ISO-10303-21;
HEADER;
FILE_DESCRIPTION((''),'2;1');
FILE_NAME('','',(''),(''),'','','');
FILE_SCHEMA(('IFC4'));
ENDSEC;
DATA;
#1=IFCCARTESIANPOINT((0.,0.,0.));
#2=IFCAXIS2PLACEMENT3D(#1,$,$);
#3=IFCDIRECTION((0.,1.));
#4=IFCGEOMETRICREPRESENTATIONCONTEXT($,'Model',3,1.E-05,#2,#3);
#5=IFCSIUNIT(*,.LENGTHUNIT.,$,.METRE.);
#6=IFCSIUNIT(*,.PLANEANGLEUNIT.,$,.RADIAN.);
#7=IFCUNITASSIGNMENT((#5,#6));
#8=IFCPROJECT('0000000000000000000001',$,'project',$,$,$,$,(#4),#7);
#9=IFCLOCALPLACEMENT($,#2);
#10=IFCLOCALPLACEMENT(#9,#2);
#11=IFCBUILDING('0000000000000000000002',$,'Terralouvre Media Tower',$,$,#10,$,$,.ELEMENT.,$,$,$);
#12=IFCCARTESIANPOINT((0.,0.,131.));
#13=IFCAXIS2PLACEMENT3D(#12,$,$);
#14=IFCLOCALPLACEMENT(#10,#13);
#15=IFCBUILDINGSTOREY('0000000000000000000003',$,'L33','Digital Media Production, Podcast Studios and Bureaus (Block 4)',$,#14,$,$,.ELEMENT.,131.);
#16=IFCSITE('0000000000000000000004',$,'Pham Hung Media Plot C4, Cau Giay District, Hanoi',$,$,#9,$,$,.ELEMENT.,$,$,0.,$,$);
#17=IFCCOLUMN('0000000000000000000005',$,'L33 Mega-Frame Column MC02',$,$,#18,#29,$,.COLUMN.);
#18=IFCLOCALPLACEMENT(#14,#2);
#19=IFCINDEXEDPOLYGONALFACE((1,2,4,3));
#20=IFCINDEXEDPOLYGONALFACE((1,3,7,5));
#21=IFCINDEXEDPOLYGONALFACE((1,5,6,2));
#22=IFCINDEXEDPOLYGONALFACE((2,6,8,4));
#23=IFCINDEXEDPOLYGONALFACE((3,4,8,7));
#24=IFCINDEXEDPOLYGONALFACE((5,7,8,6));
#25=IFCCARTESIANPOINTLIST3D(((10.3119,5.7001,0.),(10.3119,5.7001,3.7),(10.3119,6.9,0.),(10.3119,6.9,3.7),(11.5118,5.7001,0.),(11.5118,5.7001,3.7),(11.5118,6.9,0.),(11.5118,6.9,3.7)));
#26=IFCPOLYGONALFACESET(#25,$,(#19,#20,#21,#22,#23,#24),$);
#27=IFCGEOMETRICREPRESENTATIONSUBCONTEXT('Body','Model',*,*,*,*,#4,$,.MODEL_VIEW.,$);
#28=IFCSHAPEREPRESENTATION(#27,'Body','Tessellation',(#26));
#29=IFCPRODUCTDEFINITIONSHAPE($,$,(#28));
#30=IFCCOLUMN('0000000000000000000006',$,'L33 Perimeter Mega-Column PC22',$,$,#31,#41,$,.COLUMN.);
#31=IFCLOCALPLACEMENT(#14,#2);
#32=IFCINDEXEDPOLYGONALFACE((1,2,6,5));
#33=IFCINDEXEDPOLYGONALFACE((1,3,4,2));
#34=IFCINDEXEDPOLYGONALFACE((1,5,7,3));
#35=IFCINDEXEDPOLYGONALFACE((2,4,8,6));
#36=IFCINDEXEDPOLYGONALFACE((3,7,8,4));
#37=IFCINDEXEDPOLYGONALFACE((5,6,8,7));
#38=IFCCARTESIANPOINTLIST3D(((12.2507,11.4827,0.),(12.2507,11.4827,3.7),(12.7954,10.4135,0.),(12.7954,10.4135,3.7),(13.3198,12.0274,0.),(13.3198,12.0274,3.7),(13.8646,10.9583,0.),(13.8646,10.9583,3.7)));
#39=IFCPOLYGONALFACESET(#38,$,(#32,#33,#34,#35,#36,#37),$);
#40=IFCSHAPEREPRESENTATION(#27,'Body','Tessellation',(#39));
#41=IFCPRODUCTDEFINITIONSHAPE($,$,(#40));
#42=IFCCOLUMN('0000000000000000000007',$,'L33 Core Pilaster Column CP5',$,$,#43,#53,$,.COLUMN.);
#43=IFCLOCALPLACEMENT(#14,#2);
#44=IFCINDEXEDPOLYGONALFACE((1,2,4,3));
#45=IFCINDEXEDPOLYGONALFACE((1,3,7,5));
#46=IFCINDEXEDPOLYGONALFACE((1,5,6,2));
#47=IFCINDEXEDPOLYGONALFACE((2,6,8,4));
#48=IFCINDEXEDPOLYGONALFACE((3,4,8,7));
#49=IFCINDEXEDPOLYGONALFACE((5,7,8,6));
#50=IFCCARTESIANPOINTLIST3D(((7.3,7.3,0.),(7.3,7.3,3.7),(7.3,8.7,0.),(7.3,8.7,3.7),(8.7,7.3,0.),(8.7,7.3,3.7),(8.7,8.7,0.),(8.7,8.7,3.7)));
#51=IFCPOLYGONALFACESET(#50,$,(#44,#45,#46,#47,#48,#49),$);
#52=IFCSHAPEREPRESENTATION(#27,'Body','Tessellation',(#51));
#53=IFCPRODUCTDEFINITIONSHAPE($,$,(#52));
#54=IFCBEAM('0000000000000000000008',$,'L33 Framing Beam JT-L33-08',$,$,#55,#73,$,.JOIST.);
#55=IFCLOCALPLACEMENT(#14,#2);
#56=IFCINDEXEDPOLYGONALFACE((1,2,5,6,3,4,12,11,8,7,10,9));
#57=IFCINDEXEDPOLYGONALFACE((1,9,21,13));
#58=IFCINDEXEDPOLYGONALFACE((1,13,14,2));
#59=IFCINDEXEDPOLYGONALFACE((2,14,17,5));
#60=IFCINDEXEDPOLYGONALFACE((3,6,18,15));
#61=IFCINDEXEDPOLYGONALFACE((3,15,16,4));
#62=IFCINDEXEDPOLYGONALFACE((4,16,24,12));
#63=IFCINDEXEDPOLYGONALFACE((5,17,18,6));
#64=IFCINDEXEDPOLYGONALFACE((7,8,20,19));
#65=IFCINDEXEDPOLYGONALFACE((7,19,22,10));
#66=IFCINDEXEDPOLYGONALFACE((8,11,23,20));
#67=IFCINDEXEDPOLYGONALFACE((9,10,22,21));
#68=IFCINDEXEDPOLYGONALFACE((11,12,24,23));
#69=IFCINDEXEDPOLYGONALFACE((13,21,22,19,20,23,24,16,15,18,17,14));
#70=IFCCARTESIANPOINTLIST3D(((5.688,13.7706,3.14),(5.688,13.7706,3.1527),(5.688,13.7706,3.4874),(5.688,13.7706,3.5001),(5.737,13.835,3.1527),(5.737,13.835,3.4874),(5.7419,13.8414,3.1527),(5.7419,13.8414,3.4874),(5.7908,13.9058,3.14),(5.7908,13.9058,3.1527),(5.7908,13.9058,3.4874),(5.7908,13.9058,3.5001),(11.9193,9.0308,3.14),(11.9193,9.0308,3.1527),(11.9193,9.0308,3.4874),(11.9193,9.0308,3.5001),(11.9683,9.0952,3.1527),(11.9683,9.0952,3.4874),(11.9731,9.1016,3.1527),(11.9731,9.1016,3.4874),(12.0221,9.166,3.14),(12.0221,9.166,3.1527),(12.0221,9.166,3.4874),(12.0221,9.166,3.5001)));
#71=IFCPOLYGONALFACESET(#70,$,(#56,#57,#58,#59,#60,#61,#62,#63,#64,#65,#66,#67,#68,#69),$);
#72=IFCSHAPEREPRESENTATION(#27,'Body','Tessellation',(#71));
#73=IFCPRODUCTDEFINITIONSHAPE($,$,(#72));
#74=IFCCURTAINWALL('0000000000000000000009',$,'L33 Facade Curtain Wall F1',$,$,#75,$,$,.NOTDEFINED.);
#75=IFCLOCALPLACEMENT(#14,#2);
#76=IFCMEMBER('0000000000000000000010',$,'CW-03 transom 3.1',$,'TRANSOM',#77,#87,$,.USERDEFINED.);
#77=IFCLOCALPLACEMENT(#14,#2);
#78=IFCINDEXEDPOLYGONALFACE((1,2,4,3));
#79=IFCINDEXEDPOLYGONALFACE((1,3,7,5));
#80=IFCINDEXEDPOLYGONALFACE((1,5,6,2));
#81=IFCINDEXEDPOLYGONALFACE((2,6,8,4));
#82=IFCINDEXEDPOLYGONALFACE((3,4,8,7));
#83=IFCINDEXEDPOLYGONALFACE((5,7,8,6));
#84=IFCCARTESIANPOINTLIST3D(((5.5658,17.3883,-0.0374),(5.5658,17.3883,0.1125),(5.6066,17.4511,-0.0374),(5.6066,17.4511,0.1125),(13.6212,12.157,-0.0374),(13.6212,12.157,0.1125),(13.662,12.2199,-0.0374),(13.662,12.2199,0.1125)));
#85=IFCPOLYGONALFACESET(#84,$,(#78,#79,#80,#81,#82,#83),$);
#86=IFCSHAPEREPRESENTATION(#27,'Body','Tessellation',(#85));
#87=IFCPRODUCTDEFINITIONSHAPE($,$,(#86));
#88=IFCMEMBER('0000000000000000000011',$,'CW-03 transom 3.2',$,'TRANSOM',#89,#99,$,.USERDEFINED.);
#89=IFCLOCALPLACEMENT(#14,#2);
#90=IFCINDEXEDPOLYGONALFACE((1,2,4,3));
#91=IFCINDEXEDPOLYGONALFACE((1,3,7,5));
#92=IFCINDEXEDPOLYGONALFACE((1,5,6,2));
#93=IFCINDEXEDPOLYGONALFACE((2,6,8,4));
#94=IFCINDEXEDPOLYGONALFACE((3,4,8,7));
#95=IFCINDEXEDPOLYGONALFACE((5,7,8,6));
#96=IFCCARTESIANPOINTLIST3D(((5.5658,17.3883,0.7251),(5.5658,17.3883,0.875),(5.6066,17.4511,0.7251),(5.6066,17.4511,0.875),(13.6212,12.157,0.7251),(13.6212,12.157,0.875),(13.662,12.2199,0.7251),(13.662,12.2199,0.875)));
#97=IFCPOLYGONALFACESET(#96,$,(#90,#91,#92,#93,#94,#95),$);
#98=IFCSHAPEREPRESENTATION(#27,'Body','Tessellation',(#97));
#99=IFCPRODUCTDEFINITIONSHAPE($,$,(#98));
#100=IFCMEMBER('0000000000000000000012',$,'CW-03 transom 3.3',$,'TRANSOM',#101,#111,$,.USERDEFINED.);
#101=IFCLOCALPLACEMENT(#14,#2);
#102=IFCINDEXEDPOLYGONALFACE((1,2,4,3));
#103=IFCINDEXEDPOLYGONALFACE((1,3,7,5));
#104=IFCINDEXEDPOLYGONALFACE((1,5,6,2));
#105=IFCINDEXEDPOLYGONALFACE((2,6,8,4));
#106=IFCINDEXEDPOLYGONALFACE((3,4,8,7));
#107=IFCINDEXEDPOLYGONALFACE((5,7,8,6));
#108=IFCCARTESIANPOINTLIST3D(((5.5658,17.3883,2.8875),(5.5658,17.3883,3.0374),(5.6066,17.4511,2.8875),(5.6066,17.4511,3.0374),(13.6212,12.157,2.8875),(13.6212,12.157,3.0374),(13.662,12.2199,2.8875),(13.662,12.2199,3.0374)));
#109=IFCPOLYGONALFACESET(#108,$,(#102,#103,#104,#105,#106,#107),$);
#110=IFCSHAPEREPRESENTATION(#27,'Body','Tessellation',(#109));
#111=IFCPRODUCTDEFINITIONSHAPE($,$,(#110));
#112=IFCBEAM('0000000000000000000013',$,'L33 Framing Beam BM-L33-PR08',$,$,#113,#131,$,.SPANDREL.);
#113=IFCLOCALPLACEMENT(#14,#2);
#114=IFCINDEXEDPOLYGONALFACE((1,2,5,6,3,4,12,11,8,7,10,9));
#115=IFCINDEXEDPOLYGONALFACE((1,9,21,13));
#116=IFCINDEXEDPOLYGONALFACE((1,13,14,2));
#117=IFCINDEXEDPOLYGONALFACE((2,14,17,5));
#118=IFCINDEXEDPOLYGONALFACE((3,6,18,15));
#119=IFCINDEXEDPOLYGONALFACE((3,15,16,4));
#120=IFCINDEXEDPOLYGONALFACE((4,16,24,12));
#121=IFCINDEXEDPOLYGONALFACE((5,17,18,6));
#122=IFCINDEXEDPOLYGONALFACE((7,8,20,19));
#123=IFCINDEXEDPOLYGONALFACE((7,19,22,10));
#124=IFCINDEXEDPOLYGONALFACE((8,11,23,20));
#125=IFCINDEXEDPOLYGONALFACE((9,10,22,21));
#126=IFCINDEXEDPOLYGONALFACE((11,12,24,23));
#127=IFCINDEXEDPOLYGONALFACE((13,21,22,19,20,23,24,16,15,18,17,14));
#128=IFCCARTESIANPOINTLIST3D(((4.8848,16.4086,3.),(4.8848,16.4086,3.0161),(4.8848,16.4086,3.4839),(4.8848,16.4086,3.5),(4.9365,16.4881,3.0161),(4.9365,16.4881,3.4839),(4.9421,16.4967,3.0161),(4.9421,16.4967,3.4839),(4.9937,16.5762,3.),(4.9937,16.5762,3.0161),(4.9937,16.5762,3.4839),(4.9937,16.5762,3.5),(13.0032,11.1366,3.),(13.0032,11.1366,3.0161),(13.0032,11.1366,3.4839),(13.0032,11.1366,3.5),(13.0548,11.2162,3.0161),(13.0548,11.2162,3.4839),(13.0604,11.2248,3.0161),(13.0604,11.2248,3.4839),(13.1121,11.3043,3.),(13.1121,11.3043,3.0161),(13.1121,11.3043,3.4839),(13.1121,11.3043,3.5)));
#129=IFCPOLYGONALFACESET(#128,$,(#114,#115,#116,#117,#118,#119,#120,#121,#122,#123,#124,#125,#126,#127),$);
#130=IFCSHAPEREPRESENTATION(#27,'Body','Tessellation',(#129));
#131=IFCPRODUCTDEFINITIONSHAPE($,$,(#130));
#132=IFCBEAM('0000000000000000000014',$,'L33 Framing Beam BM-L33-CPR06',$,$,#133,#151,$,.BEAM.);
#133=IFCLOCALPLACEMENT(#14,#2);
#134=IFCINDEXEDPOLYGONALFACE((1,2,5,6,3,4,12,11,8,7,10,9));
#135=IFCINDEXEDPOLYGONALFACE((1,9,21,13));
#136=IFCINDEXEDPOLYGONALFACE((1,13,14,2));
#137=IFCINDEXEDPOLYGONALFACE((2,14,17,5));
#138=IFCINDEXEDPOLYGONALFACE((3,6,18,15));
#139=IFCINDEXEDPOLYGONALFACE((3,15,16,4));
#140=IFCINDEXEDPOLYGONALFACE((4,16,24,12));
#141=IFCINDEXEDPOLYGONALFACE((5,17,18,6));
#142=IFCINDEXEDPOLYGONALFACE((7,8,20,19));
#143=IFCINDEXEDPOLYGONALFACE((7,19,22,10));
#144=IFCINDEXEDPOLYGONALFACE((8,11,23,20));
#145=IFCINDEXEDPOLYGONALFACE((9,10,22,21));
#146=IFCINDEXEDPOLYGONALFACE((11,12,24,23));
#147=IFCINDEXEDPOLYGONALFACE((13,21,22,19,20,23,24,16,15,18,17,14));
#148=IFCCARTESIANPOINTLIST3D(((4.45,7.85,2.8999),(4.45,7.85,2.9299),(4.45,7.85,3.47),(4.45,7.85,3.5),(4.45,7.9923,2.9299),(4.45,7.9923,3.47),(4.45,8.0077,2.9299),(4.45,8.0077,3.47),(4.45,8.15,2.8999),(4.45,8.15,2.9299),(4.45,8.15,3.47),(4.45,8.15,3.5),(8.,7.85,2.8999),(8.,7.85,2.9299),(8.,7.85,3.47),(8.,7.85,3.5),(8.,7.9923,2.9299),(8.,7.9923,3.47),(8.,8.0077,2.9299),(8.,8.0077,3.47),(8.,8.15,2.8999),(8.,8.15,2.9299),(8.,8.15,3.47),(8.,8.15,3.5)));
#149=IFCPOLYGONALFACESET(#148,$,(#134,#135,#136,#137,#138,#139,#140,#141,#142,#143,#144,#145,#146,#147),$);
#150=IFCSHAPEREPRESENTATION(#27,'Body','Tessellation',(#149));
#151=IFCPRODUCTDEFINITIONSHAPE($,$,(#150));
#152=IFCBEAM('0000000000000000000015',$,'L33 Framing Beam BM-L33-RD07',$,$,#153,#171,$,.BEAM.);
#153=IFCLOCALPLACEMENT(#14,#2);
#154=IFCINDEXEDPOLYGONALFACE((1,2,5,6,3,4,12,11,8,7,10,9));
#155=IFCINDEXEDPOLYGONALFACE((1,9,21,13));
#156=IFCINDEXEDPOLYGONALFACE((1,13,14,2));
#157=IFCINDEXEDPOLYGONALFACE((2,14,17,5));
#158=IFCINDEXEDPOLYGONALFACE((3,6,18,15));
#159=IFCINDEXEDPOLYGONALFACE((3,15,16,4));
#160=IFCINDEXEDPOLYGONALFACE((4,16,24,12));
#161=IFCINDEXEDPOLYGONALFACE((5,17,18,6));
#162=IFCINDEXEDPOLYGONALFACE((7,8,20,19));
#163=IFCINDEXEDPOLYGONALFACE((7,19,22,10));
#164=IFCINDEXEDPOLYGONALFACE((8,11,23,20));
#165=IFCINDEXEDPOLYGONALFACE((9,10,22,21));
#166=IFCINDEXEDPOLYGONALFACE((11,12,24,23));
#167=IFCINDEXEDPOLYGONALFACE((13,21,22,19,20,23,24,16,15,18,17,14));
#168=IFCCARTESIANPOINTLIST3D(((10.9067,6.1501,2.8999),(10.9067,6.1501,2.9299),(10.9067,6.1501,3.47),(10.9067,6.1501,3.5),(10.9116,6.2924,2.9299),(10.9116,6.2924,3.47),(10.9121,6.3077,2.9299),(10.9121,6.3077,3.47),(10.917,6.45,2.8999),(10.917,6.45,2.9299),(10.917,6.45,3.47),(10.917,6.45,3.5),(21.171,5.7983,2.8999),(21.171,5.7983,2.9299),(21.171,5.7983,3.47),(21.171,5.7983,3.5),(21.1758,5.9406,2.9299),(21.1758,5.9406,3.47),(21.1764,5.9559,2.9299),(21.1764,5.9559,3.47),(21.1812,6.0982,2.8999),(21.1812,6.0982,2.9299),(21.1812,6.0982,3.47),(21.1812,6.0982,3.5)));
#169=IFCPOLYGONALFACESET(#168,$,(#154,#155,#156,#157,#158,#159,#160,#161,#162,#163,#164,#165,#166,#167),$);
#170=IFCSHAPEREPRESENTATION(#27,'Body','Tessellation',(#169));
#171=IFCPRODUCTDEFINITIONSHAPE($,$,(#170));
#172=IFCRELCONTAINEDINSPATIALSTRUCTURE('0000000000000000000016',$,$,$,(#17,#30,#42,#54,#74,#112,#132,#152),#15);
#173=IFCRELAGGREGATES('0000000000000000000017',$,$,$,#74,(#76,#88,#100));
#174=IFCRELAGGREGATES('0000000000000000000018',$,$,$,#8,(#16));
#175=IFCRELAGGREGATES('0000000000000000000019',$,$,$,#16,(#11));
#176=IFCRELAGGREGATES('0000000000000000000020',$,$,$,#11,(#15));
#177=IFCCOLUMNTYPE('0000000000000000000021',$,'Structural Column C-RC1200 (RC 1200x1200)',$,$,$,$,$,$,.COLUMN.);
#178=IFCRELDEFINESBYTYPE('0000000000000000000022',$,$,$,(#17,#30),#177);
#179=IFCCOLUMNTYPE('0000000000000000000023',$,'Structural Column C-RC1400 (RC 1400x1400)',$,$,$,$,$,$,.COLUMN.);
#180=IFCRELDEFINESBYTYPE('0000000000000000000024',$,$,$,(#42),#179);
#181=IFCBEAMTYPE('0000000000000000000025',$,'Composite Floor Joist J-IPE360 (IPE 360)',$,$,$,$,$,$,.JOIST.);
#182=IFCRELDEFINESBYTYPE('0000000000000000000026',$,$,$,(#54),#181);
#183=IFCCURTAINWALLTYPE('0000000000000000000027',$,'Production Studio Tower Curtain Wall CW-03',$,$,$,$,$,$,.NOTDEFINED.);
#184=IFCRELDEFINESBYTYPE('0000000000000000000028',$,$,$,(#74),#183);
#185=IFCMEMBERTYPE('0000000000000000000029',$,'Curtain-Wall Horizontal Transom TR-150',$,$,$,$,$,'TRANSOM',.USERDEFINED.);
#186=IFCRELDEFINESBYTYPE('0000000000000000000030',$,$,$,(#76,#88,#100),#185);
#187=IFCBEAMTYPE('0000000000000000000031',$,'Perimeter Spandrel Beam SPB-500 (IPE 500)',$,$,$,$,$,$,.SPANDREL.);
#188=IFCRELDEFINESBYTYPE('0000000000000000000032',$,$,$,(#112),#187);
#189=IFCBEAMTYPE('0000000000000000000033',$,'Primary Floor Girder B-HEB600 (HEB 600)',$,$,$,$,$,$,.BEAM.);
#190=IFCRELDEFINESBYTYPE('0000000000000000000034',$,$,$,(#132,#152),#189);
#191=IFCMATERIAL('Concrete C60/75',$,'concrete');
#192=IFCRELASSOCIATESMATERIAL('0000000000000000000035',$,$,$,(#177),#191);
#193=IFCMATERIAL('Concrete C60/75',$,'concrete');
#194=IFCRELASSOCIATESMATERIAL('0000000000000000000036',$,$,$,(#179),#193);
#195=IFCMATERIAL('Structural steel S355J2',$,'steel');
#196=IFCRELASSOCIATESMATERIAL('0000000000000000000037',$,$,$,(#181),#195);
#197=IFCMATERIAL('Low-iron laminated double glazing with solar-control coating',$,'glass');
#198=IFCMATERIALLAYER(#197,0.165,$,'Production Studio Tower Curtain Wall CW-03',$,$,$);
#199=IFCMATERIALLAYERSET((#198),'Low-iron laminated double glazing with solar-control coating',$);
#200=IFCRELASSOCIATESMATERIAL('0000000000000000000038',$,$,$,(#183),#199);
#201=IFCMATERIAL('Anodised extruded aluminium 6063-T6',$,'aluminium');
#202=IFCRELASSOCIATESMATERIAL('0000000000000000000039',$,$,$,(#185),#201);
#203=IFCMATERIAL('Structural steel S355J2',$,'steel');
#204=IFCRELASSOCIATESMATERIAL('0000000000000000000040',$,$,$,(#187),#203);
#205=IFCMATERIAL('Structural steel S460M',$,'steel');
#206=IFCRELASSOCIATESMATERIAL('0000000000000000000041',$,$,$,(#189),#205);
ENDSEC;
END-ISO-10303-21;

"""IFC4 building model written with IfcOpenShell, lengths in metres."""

from ifc_helpers import new_model, si_unit, direction, frame, origin, origin_2d, place, context, subcontext, project, spatial, rectangle, i_section, extrude, material, layer, layer_set, material_profile, profile_set, type_object, element, aggregate, save


model = new_model("IFC4")

# Units and contexts
model_context = context("Model", 3, precision=1e-05, world=origin(), true_north=direction((0.0, 1.0)))
body_context = subcontext(model_context, "Body", "Model", "MODEL_VIEW")
ifc_project = project(units=[si_unit("LENGTHUNIT", "METRE"), si_unit("PLANEANGLEUNIT", "RADIAN")], contexts=[model_context])

# Site, building, storey
site_placement = place(None, origin())
site = spatial("IfcSite", under=ifc_project, at=site_placement, Name="Pham Hung Media Plot C4, Cau Giay District, Hanoi", CompositionType="ELEMENT", RefElevation=0.0)
building_placement = place(site_placement, origin())
building = spatial("IfcBuilding", under=site, at=building_placement, Name="Terralouvre Media Tower", CompositionType="ELEMENT")
storey_placement = place(building_placement, frame((0.0, 0.0, 131.0)))
storey = spatial("IfcBuildingStorey", under=building, at=storey_placement, Name="L33", Description="Digital Media Production, Podcast Studios and Bureaus (Block 4)", CompositionType="ELEMENT", Elevation=131.0)

# Columns
ifc_material_1 = material(Name="Concrete C60/75", Category="concrete")
ifc_material_profile_1 = material_profile(ifc_material_1, rectangle(XDim=1.2, YDim=1.2, at=origin_2d()), Name="RC 1200x1200")
ifc_profile_set_1 = profile_set([ifc_material_profile_1], Name="Concrete C60/75")
column_type_1 = type_object("IfcColumnType", Name="Structural Column C-RC1200 (RC 1200x1200)", PredefinedType="COLUMN", material=ifc_profile_set_1)
for number, where, z_axis, x_axis, name in (
    (1, (10.9119, 6.3, 0.0), (0.0, 0.0, 1.0), (1.0, 0.0, 0.0), "L33 Mega-Frame Column MC02"),
    (2, (13.0576, 11.2205, 0.0), (0.0, 0.0, 1.0), (0.891007, 0.45399, 0.0), "L33 Perimeter Mega-Column PC22"),
):
    element("IfcColumn", number, at=place(storey_placement, frame(where, z_axis=z_axis, x_axis=x_axis)), inside=storey, type_object=column_type_1, Name=name, PredefinedType="COLUMN", context=body_context, shape_type="SweptSolid", body=[
        extrude(rectangle(XDim=1.2, YDim=1.2, at=origin_2d()), origin(), (0.0, 0.0, 1.0), 3.7),
    ])
ifc_material_2 = material(Name="Concrete C60/75", Category="concrete")
ifc_material_profile_2 = material_profile(ifc_material_2, rectangle(XDim=1.3999, YDim=1.3999, at=origin_2d()), Name="RC 1400x1400")
ifc_profile_set_2 = profile_set([ifc_material_profile_2], Name="Concrete C60/75")
column_type_2 = type_object("IfcColumnType", Name="Structural Column C-RC1400 (RC 1400x1400)", PredefinedType="COLUMN", material=ifc_profile_set_2)
column_placement = place(storey_placement, frame((8.0, 8.0, 0.0), z_axis=(0.0, 0.0, 1.0), x_axis=(1.0, 0.0, 0.0)))
element("IfcColumn", 3, at=column_placement, inside=storey, type_object=column_type_2, Name="L33 Core Pilaster Column CP5", PredefinedType="COLUMN", context=body_context, shape_type="SweptSolid", body=[
    extrude(rectangle(XDim=1.3999, YDim=1.3999, at=origin_2d()), origin(), (0.0, 0.0, 1.0), 3.7),
])

# Beam
ifc_material_3 = material(Name="Structural steel S355J2", Category="steel")
ifc_material_profile_3 = material_profile(ifc_material_3, i_section(OverallWidth=0.1699, OverallDepth=0.3601, WebThickness=0.0081, FlangeThickness=0.0127, at=origin_2d()), Name="IPE 360")
ifc_profile_set_3 = profile_set([ifc_material_profile_3], Name="Structural steel S355J2")
beam_type_1 = type_object("IfcBeamType", Name="Composite Floor Joist J-IPE360 (IPE 360)", PredefinedType="JOIST", material=ifc_profile_set_3)
beam_1_placement = place(storey_placement, frame((11.9707, 9.0984, 3.3201), z_axis=(-0.795914, 0.60541, 0.0), x_axis=(-0.60541, -0.795914, 0.0)))
element("IfcBeam", 4, at=beam_1_placement, inside=storey, type_object=beam_type_1, Name="L33 Framing Beam JT-L33-08", PredefinedType="JOIST", context=body_context, shape_type="SweptSolid", body=[
    extrude(i_section(OverallWidth=0.1699, OverallDepth=0.3601, WebThickness=0.0081, FlangeThickness=0.0127, at=origin_2d()), origin(), (0.0, 0.0, 1.0), 7.8291),
])

# Curtain wall, members
ifc_material_4 = material(Name="Low-iron laminated double glazing with solar-control coating", Category="glass")
ifc_layer_1 = layer(ifc_material_4, 0.165, Name="Production Studio Tower Curtain Wall CW-03")
ifc_layer_set_1 = layer_set([ifc_layer_1], Name="Low-iron laminated double glazing with solar-control coating")
curtain_wall_type = type_object("IfcCurtainWallType", Name="Production Studio Tower Curtain Wall CW-03", PredefinedType="NOTDEFINED", material=ifc_layer_set_1)
curtain_wall_placement = place(storey_placement, origin())
curtain_wall = element("IfcCurtainWall", 5, at=curtain_wall_placement, inside=storey, type_object=curtain_wall_type, Name="L33 Facade Curtain Wall F1", PredefinedType="NOTDEFINED")
ifc_material_5 = material(Name="Anodised extruded aluminium 6063-T6", Category="aluminium")
ifc_material_profile_4 = material_profile(ifc_material_5, rectangle(XDim=0.075, YDim=0.1499, at=origin_2d()), Name="ALU 75x150")
ifc_profile_set_4 = profile_set([ifc_material_profile_4], Name="Anodised extruded aluminium 6063-T6")
member_type = type_object("IfcMemberType", Name="Curtain-Wall Horizontal Transom TR-150", ElementType="TRANSOM", PredefinedType="USERDEFINED", material=ifc_profile_set_4)
member_1_placement = place(storey_placement, frame((13.6416, 12.1885, 0.0376), z_axis=(-0.838673, 0.544635, 0.0), x_axis=(-0.544635, -0.838673, 0.0)))
member_1 = element("IfcMember", 6, at=member_1_placement, type_object=member_type, Name="CW-03 transom 3.1", ObjectType="TRANSOM", PredefinedType="USERDEFINED", context=body_context, shape_type="SweptSolid", body=[
    extrude(rectangle(XDim=0.075, YDim=0.1499, at=origin_2d()), origin(), (0.0, 0.0, 1.0), 9.605),
])
member_2_placement = place(storey_placement, frame((13.6416, 12.1885, 0.8), z_axis=(-0.838673, 0.544635, 0.0), x_axis=(-0.544635, -0.838673, 0.0)))
member_2 = element("IfcMember", 7, at=member_2_placement, type_object=member_type, Name="CW-03 transom 3.2", ObjectType="TRANSOM", PredefinedType="USERDEFINED", context=body_context, shape_type="SweptSolid", body=[
    extrude(rectangle(XDim=0.075, YDim=0.1499, at=origin_2d()), origin(), (0.0, 0.0, 1.0), 9.605),
])
member_3_placement = place(storey_placement, frame((13.6416, 12.1885, 2.9624), z_axis=(-0.838673, 0.544635, 0.0), x_axis=(-0.544635, -0.838673, 0.0)))
member_3 = element("IfcMember", 8, at=member_3_placement, type_object=member_type, Name="CW-03 transom 3.3", ObjectType="TRANSOM", PredefinedType="USERDEFINED", context=body_context, shape_type="SweptSolid", body=[
    extrude(rectangle(XDim=0.075, YDim=0.1499, at=origin_2d()), origin(), (0.0, 0.0, 1.0), 9.605),
])

# Beams
ifc_material_6 = material(Name="Structural steel S355J2", Category="steel")
ifc_material_profile_5 = material_profile(ifc_material_6, i_section(OverallWidth=0.2, OverallDepth=0.5, WebThickness=0.0103, FlangeThickness=0.0161, at=origin_2d()), Name="IPE 500")
ifc_profile_set_5 = profile_set([ifc_material_profile_5], Name="Structural steel S355J2")
beam_type_2 = type_object("IfcBeamType", Name="Perimeter Spandrel Beam SPB-500 (IPE 500)", PredefinedType="SPANDREL", material=ifc_profile_set_5)
beam_2_placement = place(storey_placement, frame((13.0576, 11.2205, 3.25), z_axis=(-0.838679, 0.544626, 0.0), x_axis=(-0.544626, -0.838679, 0.0)))
element("IfcBeam", 9, at=beam_2_placement, inside=storey, type_object=beam_type_2, Name="L33 Framing Beam BM-L33-PR08", PredefinedType="SPANDREL", context=body_context, shape_type="SweptSolid", body=[
    extrude(i_section(OverallWidth=0.2, OverallDepth=0.5, WebThickness=0.0103, FlangeThickness=0.0161, at=origin_2d()), origin(), (0.0, 0.0, 1.0), 9.6799),
])
ifc_material_7 = material(Name="Structural steel S460M", Category="steel")
ifc_material_profile_6 = material_profile(ifc_material_7, i_section(OverallWidth=0.3, OverallDepth=0.6001, WebThickness=0.0154, FlangeThickness=0.03, at=origin_2d()), Name="HEB 600")
ifc_profile_set_6 = profile_set([ifc_material_profile_6], Name="Structural steel S460M")
beam_type_3 = type_object("IfcBeamType", Name="Primary Floor Girder B-HEB600 (HEB 600)", PredefinedType="BEAM", material=ifc_profile_set_6)
beam_3_placement = place(storey_placement, frame((8.0, 8.0, 3.2), z_axis=(-1.0, 0.0, 0.0), x_axis=(0.0, -1.0, 0.0)))
element("IfcBeam", 10, at=beam_3_placement, inside=storey, type_object=beam_type_3, Name="L33 Framing Beam BM-L33-CPR06", PredefinedType="BEAM", context=body_context, shape_type="SweptSolid", body=[
    extrude(i_section(OverallWidth=0.3, OverallDepth=0.6001, WebThickness=0.0154, FlangeThickness=0.03, at=origin_2d()), origin(), (0.0, 0.0, 1.0), 3.55),
])
beam_4_placement = place(storey_placement, frame((10.9119, 6.3, 3.2), z_axis=(0.999413, -0.034255, 0.0), x_axis=(0.034255, 0.999413, 0.0)))
element("IfcBeam", 11, at=beam_4_placement, inside=storey, type_object=beam_type_3, Name="L33 Framing Beam BM-L33-RD07", PredefinedType="BEAM", context=body_context, shape_type="SweptSolid", body=[
    extrude(i_section(OverallWidth=0.3, OverallDepth=0.6001, WebThickness=0.0154, FlangeThickness=0.03, at=origin_2d()), origin(), (0.0, 0.0, 1.0), 10.2703),
])

aggregate(curtain_wall, [member_1, member_2, member_3])

save(model, "model.ifc")
